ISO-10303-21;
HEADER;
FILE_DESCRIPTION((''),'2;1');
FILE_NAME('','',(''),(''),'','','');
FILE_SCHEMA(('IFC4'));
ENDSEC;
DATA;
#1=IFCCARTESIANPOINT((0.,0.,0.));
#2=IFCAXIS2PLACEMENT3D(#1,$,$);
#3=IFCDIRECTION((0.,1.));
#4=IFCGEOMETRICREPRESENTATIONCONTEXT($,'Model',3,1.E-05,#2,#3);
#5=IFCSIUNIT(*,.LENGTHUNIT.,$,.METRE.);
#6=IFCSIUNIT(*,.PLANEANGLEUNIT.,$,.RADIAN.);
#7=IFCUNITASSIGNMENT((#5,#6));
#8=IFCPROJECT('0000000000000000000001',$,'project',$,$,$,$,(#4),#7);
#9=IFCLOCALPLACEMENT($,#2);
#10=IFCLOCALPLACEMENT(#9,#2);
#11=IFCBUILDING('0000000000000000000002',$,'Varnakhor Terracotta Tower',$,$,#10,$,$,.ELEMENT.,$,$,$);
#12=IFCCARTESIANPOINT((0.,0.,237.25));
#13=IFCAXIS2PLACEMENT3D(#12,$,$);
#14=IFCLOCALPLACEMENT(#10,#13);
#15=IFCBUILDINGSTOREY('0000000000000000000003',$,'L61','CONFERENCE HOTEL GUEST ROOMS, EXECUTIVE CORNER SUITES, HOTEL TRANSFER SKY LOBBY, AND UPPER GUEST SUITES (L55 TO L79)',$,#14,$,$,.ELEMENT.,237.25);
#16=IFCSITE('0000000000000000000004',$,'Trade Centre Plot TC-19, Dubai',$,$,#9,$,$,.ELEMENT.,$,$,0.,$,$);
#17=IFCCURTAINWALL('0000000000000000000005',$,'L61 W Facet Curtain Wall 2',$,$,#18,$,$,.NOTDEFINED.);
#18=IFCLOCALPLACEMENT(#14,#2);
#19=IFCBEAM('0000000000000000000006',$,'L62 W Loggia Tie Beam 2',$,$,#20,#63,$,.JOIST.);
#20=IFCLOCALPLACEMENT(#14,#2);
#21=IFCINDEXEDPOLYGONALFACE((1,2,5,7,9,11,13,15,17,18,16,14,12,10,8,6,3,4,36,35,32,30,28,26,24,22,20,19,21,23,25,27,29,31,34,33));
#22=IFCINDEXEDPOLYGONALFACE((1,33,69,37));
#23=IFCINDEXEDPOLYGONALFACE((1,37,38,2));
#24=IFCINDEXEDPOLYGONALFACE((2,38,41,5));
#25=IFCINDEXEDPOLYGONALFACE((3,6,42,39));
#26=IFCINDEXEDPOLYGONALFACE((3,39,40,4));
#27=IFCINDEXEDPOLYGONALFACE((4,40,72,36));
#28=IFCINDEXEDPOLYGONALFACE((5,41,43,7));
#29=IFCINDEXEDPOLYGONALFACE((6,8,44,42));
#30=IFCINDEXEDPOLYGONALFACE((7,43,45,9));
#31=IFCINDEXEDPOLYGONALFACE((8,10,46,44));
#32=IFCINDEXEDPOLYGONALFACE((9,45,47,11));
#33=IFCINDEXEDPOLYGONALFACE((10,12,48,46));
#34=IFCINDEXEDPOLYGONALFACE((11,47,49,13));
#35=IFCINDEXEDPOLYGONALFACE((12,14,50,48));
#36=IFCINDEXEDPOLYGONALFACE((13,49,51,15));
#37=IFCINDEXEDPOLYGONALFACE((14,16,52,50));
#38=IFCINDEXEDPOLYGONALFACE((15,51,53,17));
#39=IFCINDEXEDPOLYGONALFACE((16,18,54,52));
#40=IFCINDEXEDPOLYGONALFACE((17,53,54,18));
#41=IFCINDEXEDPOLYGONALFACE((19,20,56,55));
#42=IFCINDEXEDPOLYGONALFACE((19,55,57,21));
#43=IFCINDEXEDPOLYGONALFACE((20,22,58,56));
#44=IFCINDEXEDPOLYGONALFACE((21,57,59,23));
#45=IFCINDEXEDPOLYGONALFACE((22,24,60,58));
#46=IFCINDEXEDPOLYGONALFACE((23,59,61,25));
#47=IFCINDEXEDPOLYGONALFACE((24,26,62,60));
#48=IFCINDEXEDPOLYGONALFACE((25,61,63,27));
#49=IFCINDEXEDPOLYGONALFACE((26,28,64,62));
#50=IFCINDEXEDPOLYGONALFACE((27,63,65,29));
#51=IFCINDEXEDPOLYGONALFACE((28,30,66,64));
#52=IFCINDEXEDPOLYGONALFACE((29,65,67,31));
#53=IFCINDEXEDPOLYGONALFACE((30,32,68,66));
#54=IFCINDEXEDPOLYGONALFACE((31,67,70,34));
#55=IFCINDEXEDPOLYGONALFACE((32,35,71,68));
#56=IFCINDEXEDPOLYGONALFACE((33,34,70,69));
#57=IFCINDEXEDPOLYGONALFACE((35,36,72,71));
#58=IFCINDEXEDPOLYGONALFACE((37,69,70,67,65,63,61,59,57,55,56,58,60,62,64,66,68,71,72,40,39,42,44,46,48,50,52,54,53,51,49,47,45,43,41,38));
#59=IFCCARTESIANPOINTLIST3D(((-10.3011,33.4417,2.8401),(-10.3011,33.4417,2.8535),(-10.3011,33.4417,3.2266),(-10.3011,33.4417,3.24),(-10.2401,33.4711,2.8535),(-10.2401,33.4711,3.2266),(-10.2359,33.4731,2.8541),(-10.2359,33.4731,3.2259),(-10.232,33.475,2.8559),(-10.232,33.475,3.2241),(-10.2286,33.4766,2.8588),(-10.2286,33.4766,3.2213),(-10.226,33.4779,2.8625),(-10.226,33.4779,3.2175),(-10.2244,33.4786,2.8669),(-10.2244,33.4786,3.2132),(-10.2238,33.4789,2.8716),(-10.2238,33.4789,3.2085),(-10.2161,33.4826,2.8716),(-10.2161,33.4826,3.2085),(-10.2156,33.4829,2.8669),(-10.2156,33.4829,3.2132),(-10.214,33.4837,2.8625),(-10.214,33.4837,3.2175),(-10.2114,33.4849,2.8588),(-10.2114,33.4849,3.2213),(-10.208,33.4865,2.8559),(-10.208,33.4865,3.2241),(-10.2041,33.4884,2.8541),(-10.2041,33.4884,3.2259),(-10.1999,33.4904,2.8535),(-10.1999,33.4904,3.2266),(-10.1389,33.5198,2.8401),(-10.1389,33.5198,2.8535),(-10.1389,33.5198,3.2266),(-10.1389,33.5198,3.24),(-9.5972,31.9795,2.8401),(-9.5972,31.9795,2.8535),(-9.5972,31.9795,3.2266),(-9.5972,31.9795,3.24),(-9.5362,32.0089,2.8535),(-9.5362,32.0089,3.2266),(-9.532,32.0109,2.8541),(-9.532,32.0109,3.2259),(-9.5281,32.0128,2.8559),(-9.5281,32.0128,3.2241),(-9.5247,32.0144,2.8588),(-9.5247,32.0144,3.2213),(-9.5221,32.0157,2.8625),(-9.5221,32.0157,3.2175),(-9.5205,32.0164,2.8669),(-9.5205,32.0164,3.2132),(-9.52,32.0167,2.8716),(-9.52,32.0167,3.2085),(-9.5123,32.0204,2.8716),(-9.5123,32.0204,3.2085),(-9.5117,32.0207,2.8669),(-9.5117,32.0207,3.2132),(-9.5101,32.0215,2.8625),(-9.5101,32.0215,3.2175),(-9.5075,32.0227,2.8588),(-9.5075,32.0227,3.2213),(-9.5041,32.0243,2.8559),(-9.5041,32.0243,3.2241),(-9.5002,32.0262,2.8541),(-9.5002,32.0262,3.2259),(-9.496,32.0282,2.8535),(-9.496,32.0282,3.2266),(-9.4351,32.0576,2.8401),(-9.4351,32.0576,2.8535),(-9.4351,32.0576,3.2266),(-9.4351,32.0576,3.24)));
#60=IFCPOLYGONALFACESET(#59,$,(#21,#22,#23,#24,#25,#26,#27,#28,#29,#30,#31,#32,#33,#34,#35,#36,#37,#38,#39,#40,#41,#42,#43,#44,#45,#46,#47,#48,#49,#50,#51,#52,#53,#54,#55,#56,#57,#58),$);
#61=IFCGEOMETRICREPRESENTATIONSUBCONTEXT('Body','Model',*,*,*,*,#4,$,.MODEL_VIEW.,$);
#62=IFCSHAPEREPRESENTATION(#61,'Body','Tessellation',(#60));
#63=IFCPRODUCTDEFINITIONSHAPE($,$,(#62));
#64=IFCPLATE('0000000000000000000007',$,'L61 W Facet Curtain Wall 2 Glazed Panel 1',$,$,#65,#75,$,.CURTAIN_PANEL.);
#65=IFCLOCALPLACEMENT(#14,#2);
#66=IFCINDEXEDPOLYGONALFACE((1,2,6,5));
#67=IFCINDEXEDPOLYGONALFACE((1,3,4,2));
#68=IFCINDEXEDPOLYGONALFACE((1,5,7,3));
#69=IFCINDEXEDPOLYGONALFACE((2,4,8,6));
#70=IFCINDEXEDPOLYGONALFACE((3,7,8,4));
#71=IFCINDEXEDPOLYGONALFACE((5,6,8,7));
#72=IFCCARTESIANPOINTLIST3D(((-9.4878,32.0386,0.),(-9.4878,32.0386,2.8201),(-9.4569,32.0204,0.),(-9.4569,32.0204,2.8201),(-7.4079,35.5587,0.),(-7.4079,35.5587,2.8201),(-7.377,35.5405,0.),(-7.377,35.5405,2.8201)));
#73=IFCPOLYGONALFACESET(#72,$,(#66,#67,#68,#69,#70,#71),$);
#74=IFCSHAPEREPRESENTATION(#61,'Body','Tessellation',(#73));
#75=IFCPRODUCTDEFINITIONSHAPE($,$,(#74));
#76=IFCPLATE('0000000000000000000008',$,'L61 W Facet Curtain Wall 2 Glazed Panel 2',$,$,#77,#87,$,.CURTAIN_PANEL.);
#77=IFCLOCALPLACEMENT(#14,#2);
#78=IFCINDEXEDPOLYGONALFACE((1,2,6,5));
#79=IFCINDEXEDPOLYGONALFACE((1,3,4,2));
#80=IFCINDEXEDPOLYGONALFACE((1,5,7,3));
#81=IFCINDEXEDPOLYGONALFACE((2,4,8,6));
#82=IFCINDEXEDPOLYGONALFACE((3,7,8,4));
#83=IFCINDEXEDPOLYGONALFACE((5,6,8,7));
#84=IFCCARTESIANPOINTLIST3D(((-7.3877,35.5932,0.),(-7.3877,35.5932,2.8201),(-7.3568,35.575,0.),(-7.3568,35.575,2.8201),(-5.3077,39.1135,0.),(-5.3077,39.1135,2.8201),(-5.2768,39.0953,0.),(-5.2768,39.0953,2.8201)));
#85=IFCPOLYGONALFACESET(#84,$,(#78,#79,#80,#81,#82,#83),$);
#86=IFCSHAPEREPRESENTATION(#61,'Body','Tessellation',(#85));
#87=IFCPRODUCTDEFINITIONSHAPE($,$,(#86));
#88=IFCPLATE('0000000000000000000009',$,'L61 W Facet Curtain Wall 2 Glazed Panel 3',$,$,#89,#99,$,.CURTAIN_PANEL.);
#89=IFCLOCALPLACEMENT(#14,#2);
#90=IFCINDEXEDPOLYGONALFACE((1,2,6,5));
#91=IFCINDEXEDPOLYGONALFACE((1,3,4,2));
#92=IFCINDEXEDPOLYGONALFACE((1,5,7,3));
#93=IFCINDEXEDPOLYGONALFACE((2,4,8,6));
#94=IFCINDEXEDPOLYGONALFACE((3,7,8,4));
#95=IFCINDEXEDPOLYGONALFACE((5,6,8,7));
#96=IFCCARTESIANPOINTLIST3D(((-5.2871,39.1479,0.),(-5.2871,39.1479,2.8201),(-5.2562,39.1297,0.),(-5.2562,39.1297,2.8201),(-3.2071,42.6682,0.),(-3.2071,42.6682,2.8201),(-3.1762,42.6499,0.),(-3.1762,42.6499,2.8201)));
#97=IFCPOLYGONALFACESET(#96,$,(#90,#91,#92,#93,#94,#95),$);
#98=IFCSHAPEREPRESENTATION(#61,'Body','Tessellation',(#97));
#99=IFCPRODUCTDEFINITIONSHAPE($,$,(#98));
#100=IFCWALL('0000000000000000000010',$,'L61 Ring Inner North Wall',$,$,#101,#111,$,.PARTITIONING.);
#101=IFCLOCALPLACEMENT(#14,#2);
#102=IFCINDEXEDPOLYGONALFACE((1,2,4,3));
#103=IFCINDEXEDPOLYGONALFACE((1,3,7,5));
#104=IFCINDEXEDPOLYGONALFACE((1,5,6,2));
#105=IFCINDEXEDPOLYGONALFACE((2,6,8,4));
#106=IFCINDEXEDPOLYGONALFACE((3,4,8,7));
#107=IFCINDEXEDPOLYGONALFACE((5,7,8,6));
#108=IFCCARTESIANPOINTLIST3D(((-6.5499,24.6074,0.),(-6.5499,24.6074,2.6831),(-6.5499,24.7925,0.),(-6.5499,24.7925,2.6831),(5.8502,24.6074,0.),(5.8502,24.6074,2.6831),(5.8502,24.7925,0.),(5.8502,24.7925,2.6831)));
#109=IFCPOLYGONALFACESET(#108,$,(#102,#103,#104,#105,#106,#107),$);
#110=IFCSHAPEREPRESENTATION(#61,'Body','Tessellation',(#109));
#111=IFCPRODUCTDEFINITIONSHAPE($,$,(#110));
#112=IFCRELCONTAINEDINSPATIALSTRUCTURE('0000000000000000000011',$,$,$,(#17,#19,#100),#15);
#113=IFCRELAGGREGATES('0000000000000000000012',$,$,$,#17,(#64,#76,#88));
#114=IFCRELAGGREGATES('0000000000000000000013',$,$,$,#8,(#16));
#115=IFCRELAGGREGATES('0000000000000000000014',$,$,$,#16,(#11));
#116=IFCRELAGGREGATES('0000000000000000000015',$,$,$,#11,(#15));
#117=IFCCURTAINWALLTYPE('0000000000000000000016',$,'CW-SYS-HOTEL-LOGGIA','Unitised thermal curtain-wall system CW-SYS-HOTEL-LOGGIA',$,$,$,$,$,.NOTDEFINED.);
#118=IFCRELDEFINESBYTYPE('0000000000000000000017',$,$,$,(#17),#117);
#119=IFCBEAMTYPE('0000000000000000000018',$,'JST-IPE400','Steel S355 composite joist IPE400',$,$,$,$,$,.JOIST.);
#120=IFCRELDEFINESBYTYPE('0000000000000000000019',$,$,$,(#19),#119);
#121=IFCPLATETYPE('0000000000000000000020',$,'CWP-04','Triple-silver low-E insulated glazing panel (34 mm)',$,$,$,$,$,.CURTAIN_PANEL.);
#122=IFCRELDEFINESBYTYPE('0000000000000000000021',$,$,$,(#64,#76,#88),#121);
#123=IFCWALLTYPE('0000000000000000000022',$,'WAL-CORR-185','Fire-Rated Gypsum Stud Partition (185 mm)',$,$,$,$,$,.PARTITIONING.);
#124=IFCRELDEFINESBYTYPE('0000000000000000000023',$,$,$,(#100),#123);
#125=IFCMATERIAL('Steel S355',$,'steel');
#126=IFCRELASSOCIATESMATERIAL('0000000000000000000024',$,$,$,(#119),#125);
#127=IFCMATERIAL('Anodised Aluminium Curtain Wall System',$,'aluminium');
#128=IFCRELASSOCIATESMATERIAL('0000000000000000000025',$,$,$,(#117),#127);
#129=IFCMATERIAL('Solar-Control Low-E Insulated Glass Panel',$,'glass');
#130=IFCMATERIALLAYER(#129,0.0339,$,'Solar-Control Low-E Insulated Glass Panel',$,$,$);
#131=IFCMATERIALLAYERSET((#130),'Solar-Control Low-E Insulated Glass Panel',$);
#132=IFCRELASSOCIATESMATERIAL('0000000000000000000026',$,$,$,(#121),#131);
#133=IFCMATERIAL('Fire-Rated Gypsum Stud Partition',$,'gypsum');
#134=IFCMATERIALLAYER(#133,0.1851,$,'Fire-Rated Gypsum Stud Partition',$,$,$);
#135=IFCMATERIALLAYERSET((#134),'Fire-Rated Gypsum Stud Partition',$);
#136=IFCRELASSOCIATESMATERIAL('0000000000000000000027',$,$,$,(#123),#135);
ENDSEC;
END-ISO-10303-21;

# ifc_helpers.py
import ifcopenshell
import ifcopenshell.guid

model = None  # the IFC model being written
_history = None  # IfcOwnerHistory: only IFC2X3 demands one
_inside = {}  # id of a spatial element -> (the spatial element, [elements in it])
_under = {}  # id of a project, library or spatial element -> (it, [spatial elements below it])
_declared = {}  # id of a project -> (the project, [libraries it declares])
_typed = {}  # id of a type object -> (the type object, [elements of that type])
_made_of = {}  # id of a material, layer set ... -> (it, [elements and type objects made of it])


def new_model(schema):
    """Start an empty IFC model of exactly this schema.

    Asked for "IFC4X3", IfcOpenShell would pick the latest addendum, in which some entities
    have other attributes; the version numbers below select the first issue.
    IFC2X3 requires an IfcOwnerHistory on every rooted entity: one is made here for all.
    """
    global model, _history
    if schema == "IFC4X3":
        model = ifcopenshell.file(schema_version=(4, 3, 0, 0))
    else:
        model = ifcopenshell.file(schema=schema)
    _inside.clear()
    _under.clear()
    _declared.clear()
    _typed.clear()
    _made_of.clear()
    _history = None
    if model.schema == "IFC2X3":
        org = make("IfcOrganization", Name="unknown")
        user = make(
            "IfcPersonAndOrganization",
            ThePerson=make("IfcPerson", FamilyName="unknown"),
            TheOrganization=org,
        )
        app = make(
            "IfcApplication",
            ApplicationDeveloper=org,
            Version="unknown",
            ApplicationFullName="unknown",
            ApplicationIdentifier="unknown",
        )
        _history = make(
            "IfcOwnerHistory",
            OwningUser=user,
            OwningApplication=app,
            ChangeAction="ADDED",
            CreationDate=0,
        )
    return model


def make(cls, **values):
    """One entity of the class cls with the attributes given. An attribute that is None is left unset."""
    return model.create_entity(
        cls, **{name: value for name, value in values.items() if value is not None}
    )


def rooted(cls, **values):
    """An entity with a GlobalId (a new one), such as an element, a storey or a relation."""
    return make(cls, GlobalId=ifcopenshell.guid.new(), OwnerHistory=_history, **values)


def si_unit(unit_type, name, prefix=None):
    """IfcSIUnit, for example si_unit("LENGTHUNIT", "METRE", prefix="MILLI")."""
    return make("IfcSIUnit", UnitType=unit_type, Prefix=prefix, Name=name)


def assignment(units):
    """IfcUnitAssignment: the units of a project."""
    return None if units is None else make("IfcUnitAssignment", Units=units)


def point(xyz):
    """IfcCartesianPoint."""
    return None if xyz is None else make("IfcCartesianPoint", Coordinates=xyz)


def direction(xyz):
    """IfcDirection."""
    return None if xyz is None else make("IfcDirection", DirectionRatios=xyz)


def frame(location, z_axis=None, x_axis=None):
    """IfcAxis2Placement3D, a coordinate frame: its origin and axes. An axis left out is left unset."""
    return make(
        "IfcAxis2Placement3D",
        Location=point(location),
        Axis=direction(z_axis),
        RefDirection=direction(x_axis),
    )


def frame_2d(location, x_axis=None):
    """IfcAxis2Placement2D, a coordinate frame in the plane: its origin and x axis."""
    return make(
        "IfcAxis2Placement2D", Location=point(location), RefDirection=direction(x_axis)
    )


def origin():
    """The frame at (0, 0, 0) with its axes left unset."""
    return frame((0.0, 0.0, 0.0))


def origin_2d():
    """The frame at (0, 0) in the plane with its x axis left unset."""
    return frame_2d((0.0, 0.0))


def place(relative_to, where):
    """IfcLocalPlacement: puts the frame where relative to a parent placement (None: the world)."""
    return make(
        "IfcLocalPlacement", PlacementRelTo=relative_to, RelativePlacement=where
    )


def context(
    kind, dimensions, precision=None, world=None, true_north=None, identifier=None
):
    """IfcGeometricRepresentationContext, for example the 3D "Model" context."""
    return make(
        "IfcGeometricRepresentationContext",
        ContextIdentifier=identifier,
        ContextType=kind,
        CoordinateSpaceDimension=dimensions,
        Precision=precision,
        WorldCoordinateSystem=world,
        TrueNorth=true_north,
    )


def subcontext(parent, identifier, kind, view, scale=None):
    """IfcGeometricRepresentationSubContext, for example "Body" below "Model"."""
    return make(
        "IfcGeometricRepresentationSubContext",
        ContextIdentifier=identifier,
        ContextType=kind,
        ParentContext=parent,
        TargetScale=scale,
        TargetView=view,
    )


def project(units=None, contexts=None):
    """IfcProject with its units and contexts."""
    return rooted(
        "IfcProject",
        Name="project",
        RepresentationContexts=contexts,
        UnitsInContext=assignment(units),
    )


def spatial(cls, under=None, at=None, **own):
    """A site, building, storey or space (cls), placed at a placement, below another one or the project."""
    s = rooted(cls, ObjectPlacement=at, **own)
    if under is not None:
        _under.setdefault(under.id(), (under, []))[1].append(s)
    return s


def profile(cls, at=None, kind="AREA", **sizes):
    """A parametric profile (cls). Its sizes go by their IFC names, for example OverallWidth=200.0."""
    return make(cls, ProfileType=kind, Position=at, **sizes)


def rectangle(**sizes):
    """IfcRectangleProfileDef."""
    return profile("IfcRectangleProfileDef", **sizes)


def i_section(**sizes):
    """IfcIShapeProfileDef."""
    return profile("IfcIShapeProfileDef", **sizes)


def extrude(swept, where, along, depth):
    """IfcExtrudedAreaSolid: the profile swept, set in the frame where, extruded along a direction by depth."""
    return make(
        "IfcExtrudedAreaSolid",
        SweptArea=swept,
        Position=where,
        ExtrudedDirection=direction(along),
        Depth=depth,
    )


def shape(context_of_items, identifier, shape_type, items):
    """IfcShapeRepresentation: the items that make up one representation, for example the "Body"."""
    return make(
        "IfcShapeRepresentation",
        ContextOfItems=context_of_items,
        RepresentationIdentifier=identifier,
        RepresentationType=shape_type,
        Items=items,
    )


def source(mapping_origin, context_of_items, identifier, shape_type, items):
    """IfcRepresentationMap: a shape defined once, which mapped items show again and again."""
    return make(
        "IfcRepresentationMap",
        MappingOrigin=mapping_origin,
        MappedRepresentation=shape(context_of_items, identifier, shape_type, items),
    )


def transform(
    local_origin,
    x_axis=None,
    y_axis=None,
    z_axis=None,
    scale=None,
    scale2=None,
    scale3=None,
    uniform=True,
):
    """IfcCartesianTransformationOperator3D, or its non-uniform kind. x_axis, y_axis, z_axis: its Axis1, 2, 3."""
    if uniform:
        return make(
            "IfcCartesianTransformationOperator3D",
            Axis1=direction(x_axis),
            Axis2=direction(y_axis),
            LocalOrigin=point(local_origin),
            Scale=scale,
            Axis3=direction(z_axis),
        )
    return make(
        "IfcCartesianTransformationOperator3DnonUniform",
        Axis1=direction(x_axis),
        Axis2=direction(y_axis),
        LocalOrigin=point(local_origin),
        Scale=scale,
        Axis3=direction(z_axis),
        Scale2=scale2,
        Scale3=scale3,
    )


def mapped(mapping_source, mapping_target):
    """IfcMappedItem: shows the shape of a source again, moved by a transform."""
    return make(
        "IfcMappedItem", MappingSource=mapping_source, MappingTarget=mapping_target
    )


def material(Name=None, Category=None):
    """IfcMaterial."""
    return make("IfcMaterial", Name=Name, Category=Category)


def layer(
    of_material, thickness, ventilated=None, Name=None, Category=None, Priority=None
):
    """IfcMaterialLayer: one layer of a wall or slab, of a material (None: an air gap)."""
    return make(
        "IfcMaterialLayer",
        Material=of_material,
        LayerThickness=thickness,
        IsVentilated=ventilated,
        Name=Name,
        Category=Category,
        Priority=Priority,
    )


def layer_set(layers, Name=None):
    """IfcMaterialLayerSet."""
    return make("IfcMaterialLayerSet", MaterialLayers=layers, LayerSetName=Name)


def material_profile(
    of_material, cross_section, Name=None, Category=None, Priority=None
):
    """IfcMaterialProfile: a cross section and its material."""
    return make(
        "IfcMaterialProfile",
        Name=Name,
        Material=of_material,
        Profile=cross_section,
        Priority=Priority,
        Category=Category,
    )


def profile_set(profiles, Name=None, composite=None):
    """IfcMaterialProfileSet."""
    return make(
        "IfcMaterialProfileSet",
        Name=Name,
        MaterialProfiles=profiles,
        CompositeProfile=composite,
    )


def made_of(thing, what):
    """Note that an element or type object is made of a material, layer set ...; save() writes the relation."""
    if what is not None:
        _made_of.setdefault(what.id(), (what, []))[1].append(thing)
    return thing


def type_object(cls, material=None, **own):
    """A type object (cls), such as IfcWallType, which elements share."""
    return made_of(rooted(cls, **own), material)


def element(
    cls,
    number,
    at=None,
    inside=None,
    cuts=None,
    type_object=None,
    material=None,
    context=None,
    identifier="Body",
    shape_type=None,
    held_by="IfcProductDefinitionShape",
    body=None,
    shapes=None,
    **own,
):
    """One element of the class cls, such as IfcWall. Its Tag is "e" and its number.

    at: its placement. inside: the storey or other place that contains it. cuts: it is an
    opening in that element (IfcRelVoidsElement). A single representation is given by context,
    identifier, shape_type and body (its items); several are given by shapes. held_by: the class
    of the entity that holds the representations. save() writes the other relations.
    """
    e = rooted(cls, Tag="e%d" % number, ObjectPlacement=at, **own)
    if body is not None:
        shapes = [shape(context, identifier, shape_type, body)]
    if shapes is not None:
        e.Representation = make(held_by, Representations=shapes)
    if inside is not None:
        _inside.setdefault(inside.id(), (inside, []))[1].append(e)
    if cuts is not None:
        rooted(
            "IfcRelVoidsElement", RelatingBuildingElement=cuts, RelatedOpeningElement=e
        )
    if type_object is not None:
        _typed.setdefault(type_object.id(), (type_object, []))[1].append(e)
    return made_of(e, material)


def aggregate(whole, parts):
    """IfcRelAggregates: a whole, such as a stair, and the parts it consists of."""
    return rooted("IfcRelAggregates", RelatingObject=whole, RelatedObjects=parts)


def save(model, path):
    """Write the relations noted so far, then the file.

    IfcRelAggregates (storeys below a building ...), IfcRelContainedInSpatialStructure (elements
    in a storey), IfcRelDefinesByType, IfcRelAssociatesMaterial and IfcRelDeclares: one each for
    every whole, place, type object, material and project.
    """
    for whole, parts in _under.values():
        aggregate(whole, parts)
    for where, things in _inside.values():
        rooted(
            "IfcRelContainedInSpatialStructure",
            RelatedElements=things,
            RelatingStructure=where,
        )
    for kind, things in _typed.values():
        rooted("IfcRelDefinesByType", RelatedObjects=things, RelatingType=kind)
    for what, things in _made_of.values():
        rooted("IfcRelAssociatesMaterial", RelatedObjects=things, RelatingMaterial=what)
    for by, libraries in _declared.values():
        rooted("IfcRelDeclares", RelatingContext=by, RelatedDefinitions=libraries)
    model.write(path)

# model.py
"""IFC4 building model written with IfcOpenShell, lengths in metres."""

from ifc_helpers import new_model, si_unit, direction, frame, frame_2d, origin, origin_2d, place, context, subcontext, project, spatial, rectangle, i_section, extrude, source, transform, mapped, material, layer, layer_set, material_profile, profile_set, type_object, element, aggregate, save


model = new_model("IFC4")

# Units and contexts
model_context = context("Model", 3, precision=1e-05, world=origin(), true_north=direction((0.0, 1.0)))
body_context = subcontext(model_context, "Body", "Model", "MODEL_VIEW")
ifc_project = project(units=[si_unit("LENGTHUNIT", "METRE"), si_unit("PLANEANGLEUNIT", "RADIAN")], contexts=[model_context])

# Site, building, storey
site_placement = place(None, origin())
site = spatial("IfcSite", under=ifc_project, at=site_placement, Name="Trade Centre Plot TC-19, Dubai", CompositionType="ELEMENT", RefElevation=0.0)
building_placement = place(site_placement, origin())
building = spatial("IfcBuilding", under=site, at=building_placement, Name="Varnakhor Terracotta Tower", CompositionType="ELEMENT")
storey_placement = place(building_placement, frame((0.0, 0.0, 237.25)))
storey = spatial("IfcBuildingStorey", under=building, at=storey_placement, Name="L61", Description="CONFERENCE HOTEL GUEST ROOMS, EXECUTIVE CORNER SUITES, HOTEL TRANSFER SKY LOBBY, AND UPPER GUEST SUITES (L55 TO L79)", CompositionType="ELEMENT", Elevation=237.25)

# Shared definitions
ifc_material_1 = material(Name="Steel S355", Category="steel")
ifc_material_profile_1 = material_profile(ifc_material_1, i_section(OverallWidth=0.1799, OverallDepth=0.3999, WebThickness=0.0085, FlangeThickness=0.0134, FilletRadius=0.0181, at=origin_2d()), Name="IPE400")
ifc_profile_set_1 = profile_set([ifc_material_profile_1], Name="Steel S355")
beam_type_1 = type_object("IfcBeamType", Name="JST-IPE400", Description="Steel S355 composite joist IPE400", PredefinedType="JOIST", material=ifc_profile_set_1)

# Curtain wall
ifc_material_2 = material(Name="Anodised Aluminium Curtain Wall System", Category="aluminium")
curtain_wall_type = type_object("IfcCurtainWallType", Name="CW-SYS-HOTEL-LOGGIA", Description="Unitised thermal curtain-wall system CW-SYS-HOTEL-LOGGIA", PredefinedType="NOTDEFINED", material=ifc_material_2)
curtain_wall_placement = place(storey_placement, origin())
curtain_wall = element("IfcCurtainWall", 1, at=curtain_wall_placement, inside=storey, type_object=curtain_wall_type, Name="L61 W Facet Curtain Wall 2", PredefinedType="NOTDEFINED")

# Beam
shared_shape_1 = source(origin(), body_context, "Body", "SweptSolid", [
    extrude(i_section(OverallWidth=0.1799, OverallDepth=0.3999, WebThickness=0.0085, FlangeThickness=0.0134, FilletRadius=0.0181, at=origin_2d()), origin(), (0.0, 0.0, 1.0), 1.6228),
])
beam_1_placement = place(storey_placement, frame((-9.5161, 32.0186, 3.04), z_axis=(-0.433743, 0.901037, 0.0), x_axis=(-0.901037, -0.433743, 0.0)))
element("IfcBeam", 2, at=beam_1_placement, inside=storey, type_object=beam_type_1, Name="L62 W Loggia Tie Beam 2", PredefinedType="JOIST", context=body_context, shape_type="MappedRepresentation", body=[
    mapped(shared_shape_1, transform((0.0, 0.0, 0.0), scale=1.0)),
])

# Plates
ifc_material_3 = material(Name="Solar-Control Low-E Insulated Glass Panel", Category="glass")
ifc_layer_1 = layer(ifc_material_3, 0.0339, Name="Solar-Control Low-E Insulated Glass Panel")
ifc_layer_set_1 = layer_set([ifc_layer_1], Name="Solar-Control Low-E Insulated Glass Panel")
plate_type = type_object("IfcPlateType", Name="CWP-04", Description="Triple-silver low-E insulated glazing panel (34 mm)", PredefinedType="CURTAIN_PANEL", material=ifc_layer_set_1)
shared_shape_2 = source(origin(), body_context, "Body", "SweptSolid", [
    extrude(rectangle(XDim=4.0886, YDim=0.0359, at=origin_2d()), origin(), (0.0, 0.0, 1.0), 2.8201),
])
plate_1_placement = place(storey_placement, frame((-8.4324, 33.7896, 0.0), z_axis=(0.0, 0.0, 1.0), x_axis=(0.508696, 0.860946, 0.0)))
plate_1 = element("IfcPlate", 3, at=plate_1_placement, type_object=plate_type, Name="L61 W Facet Curtain Wall 2 Glazed Panel 1", PredefinedType="CURTAIN_PANEL", context=body_context, shape_type="MappedRepresentation", body=[
    mapped(shared_shape_2, transform((0.0, 0.0, 0.0), scale=1.0)),
])
shared_shape_3 = source(origin(), body_context, "Body", "SweptSolid", [
    extrude(rectangle(XDim=4.0889, YDim=0.0359, at=origin_2d()), origin(), (0.0, 0.0, 1.0), 2.8201),
])
plate_2_placement = place(storey_placement, frame((-6.3323, 37.3442, 0.0), z_axis=(0.0, 0.0, 1.0), x_axis=(0.508696, 0.860946, 0.0)))
plate_2 = element("IfcPlate", 4, at=plate_2_placement, type_object=plate_type, Name="L61 W Facet Curtain Wall 2 Glazed Panel 2", PredefinedType="CURTAIN_PANEL", context=body_context, shape_type="MappedRepresentation", body=[
    mapped(shared_shape_3, transform((0.0, 0.0, 0.0), scale=1.0)),
])
plate_3_placement = place(storey_placement, frame((-4.2317, 40.8989, 0.0), z_axis=(0.0, 0.0, 1.0), x_axis=(0.508696, 0.860946, 0.0)))
plate_3 = element("IfcPlate", 5, at=plate_3_placement, type_object=plate_type, Name="L61 W Facet Curtain Wall 2 Glazed Panel 3", PredefinedType="CURTAIN_PANEL", context=body_context, shape_type="MappedRepresentation", body=[
    mapped(shared_shape_3, transform((0.0, 0.0, 0.0), scale=1.0)),
])
aggregate(curtain_wall, [plate_1, plate_2, plate_3])

# Wall
ifc_material_4 = material(Name="Fire-Rated Gypsum Stud Partition", Category="gypsum")
ifc_layer_2 = layer(ifc_material_4, 0.1851, Name="Fire-Rated Gypsum Stud Partition")
ifc_layer_set_2 = layer_set([ifc_layer_2], Name="Fire-Rated Gypsum Stud Partition")
wall_type_1 = type_object("IfcWallType", Name="WAL-CORR-185", Description="Fire-Rated Gypsum Stud Partition (185 mm)", PredefinedType="PARTITIONING", material=ifc_layer_set_2)
wall_1_placement = place(storey_placement, frame((-6.55, 24.7, 0.0), z_axis=(0.0, 0.0, 1.0), x_axis=(1.0, 0.0, 0.0)))
element("IfcWall", 6, at=wall_1_placement, inside=storey, type_object=wall_type_1, Name="L61 Ring Inner North Wall", PredefinedType="PARTITIONING", context=body_context, shape_type="SweptSolid", body=[
    extrude(rectangle(XDim=12.4001, YDim=0.1851, at=frame_2d((6.2002, 0.0))), origin(), (0.0, 0.0, 1.0), 2.6831),
])

save(model, "model.ifc")
